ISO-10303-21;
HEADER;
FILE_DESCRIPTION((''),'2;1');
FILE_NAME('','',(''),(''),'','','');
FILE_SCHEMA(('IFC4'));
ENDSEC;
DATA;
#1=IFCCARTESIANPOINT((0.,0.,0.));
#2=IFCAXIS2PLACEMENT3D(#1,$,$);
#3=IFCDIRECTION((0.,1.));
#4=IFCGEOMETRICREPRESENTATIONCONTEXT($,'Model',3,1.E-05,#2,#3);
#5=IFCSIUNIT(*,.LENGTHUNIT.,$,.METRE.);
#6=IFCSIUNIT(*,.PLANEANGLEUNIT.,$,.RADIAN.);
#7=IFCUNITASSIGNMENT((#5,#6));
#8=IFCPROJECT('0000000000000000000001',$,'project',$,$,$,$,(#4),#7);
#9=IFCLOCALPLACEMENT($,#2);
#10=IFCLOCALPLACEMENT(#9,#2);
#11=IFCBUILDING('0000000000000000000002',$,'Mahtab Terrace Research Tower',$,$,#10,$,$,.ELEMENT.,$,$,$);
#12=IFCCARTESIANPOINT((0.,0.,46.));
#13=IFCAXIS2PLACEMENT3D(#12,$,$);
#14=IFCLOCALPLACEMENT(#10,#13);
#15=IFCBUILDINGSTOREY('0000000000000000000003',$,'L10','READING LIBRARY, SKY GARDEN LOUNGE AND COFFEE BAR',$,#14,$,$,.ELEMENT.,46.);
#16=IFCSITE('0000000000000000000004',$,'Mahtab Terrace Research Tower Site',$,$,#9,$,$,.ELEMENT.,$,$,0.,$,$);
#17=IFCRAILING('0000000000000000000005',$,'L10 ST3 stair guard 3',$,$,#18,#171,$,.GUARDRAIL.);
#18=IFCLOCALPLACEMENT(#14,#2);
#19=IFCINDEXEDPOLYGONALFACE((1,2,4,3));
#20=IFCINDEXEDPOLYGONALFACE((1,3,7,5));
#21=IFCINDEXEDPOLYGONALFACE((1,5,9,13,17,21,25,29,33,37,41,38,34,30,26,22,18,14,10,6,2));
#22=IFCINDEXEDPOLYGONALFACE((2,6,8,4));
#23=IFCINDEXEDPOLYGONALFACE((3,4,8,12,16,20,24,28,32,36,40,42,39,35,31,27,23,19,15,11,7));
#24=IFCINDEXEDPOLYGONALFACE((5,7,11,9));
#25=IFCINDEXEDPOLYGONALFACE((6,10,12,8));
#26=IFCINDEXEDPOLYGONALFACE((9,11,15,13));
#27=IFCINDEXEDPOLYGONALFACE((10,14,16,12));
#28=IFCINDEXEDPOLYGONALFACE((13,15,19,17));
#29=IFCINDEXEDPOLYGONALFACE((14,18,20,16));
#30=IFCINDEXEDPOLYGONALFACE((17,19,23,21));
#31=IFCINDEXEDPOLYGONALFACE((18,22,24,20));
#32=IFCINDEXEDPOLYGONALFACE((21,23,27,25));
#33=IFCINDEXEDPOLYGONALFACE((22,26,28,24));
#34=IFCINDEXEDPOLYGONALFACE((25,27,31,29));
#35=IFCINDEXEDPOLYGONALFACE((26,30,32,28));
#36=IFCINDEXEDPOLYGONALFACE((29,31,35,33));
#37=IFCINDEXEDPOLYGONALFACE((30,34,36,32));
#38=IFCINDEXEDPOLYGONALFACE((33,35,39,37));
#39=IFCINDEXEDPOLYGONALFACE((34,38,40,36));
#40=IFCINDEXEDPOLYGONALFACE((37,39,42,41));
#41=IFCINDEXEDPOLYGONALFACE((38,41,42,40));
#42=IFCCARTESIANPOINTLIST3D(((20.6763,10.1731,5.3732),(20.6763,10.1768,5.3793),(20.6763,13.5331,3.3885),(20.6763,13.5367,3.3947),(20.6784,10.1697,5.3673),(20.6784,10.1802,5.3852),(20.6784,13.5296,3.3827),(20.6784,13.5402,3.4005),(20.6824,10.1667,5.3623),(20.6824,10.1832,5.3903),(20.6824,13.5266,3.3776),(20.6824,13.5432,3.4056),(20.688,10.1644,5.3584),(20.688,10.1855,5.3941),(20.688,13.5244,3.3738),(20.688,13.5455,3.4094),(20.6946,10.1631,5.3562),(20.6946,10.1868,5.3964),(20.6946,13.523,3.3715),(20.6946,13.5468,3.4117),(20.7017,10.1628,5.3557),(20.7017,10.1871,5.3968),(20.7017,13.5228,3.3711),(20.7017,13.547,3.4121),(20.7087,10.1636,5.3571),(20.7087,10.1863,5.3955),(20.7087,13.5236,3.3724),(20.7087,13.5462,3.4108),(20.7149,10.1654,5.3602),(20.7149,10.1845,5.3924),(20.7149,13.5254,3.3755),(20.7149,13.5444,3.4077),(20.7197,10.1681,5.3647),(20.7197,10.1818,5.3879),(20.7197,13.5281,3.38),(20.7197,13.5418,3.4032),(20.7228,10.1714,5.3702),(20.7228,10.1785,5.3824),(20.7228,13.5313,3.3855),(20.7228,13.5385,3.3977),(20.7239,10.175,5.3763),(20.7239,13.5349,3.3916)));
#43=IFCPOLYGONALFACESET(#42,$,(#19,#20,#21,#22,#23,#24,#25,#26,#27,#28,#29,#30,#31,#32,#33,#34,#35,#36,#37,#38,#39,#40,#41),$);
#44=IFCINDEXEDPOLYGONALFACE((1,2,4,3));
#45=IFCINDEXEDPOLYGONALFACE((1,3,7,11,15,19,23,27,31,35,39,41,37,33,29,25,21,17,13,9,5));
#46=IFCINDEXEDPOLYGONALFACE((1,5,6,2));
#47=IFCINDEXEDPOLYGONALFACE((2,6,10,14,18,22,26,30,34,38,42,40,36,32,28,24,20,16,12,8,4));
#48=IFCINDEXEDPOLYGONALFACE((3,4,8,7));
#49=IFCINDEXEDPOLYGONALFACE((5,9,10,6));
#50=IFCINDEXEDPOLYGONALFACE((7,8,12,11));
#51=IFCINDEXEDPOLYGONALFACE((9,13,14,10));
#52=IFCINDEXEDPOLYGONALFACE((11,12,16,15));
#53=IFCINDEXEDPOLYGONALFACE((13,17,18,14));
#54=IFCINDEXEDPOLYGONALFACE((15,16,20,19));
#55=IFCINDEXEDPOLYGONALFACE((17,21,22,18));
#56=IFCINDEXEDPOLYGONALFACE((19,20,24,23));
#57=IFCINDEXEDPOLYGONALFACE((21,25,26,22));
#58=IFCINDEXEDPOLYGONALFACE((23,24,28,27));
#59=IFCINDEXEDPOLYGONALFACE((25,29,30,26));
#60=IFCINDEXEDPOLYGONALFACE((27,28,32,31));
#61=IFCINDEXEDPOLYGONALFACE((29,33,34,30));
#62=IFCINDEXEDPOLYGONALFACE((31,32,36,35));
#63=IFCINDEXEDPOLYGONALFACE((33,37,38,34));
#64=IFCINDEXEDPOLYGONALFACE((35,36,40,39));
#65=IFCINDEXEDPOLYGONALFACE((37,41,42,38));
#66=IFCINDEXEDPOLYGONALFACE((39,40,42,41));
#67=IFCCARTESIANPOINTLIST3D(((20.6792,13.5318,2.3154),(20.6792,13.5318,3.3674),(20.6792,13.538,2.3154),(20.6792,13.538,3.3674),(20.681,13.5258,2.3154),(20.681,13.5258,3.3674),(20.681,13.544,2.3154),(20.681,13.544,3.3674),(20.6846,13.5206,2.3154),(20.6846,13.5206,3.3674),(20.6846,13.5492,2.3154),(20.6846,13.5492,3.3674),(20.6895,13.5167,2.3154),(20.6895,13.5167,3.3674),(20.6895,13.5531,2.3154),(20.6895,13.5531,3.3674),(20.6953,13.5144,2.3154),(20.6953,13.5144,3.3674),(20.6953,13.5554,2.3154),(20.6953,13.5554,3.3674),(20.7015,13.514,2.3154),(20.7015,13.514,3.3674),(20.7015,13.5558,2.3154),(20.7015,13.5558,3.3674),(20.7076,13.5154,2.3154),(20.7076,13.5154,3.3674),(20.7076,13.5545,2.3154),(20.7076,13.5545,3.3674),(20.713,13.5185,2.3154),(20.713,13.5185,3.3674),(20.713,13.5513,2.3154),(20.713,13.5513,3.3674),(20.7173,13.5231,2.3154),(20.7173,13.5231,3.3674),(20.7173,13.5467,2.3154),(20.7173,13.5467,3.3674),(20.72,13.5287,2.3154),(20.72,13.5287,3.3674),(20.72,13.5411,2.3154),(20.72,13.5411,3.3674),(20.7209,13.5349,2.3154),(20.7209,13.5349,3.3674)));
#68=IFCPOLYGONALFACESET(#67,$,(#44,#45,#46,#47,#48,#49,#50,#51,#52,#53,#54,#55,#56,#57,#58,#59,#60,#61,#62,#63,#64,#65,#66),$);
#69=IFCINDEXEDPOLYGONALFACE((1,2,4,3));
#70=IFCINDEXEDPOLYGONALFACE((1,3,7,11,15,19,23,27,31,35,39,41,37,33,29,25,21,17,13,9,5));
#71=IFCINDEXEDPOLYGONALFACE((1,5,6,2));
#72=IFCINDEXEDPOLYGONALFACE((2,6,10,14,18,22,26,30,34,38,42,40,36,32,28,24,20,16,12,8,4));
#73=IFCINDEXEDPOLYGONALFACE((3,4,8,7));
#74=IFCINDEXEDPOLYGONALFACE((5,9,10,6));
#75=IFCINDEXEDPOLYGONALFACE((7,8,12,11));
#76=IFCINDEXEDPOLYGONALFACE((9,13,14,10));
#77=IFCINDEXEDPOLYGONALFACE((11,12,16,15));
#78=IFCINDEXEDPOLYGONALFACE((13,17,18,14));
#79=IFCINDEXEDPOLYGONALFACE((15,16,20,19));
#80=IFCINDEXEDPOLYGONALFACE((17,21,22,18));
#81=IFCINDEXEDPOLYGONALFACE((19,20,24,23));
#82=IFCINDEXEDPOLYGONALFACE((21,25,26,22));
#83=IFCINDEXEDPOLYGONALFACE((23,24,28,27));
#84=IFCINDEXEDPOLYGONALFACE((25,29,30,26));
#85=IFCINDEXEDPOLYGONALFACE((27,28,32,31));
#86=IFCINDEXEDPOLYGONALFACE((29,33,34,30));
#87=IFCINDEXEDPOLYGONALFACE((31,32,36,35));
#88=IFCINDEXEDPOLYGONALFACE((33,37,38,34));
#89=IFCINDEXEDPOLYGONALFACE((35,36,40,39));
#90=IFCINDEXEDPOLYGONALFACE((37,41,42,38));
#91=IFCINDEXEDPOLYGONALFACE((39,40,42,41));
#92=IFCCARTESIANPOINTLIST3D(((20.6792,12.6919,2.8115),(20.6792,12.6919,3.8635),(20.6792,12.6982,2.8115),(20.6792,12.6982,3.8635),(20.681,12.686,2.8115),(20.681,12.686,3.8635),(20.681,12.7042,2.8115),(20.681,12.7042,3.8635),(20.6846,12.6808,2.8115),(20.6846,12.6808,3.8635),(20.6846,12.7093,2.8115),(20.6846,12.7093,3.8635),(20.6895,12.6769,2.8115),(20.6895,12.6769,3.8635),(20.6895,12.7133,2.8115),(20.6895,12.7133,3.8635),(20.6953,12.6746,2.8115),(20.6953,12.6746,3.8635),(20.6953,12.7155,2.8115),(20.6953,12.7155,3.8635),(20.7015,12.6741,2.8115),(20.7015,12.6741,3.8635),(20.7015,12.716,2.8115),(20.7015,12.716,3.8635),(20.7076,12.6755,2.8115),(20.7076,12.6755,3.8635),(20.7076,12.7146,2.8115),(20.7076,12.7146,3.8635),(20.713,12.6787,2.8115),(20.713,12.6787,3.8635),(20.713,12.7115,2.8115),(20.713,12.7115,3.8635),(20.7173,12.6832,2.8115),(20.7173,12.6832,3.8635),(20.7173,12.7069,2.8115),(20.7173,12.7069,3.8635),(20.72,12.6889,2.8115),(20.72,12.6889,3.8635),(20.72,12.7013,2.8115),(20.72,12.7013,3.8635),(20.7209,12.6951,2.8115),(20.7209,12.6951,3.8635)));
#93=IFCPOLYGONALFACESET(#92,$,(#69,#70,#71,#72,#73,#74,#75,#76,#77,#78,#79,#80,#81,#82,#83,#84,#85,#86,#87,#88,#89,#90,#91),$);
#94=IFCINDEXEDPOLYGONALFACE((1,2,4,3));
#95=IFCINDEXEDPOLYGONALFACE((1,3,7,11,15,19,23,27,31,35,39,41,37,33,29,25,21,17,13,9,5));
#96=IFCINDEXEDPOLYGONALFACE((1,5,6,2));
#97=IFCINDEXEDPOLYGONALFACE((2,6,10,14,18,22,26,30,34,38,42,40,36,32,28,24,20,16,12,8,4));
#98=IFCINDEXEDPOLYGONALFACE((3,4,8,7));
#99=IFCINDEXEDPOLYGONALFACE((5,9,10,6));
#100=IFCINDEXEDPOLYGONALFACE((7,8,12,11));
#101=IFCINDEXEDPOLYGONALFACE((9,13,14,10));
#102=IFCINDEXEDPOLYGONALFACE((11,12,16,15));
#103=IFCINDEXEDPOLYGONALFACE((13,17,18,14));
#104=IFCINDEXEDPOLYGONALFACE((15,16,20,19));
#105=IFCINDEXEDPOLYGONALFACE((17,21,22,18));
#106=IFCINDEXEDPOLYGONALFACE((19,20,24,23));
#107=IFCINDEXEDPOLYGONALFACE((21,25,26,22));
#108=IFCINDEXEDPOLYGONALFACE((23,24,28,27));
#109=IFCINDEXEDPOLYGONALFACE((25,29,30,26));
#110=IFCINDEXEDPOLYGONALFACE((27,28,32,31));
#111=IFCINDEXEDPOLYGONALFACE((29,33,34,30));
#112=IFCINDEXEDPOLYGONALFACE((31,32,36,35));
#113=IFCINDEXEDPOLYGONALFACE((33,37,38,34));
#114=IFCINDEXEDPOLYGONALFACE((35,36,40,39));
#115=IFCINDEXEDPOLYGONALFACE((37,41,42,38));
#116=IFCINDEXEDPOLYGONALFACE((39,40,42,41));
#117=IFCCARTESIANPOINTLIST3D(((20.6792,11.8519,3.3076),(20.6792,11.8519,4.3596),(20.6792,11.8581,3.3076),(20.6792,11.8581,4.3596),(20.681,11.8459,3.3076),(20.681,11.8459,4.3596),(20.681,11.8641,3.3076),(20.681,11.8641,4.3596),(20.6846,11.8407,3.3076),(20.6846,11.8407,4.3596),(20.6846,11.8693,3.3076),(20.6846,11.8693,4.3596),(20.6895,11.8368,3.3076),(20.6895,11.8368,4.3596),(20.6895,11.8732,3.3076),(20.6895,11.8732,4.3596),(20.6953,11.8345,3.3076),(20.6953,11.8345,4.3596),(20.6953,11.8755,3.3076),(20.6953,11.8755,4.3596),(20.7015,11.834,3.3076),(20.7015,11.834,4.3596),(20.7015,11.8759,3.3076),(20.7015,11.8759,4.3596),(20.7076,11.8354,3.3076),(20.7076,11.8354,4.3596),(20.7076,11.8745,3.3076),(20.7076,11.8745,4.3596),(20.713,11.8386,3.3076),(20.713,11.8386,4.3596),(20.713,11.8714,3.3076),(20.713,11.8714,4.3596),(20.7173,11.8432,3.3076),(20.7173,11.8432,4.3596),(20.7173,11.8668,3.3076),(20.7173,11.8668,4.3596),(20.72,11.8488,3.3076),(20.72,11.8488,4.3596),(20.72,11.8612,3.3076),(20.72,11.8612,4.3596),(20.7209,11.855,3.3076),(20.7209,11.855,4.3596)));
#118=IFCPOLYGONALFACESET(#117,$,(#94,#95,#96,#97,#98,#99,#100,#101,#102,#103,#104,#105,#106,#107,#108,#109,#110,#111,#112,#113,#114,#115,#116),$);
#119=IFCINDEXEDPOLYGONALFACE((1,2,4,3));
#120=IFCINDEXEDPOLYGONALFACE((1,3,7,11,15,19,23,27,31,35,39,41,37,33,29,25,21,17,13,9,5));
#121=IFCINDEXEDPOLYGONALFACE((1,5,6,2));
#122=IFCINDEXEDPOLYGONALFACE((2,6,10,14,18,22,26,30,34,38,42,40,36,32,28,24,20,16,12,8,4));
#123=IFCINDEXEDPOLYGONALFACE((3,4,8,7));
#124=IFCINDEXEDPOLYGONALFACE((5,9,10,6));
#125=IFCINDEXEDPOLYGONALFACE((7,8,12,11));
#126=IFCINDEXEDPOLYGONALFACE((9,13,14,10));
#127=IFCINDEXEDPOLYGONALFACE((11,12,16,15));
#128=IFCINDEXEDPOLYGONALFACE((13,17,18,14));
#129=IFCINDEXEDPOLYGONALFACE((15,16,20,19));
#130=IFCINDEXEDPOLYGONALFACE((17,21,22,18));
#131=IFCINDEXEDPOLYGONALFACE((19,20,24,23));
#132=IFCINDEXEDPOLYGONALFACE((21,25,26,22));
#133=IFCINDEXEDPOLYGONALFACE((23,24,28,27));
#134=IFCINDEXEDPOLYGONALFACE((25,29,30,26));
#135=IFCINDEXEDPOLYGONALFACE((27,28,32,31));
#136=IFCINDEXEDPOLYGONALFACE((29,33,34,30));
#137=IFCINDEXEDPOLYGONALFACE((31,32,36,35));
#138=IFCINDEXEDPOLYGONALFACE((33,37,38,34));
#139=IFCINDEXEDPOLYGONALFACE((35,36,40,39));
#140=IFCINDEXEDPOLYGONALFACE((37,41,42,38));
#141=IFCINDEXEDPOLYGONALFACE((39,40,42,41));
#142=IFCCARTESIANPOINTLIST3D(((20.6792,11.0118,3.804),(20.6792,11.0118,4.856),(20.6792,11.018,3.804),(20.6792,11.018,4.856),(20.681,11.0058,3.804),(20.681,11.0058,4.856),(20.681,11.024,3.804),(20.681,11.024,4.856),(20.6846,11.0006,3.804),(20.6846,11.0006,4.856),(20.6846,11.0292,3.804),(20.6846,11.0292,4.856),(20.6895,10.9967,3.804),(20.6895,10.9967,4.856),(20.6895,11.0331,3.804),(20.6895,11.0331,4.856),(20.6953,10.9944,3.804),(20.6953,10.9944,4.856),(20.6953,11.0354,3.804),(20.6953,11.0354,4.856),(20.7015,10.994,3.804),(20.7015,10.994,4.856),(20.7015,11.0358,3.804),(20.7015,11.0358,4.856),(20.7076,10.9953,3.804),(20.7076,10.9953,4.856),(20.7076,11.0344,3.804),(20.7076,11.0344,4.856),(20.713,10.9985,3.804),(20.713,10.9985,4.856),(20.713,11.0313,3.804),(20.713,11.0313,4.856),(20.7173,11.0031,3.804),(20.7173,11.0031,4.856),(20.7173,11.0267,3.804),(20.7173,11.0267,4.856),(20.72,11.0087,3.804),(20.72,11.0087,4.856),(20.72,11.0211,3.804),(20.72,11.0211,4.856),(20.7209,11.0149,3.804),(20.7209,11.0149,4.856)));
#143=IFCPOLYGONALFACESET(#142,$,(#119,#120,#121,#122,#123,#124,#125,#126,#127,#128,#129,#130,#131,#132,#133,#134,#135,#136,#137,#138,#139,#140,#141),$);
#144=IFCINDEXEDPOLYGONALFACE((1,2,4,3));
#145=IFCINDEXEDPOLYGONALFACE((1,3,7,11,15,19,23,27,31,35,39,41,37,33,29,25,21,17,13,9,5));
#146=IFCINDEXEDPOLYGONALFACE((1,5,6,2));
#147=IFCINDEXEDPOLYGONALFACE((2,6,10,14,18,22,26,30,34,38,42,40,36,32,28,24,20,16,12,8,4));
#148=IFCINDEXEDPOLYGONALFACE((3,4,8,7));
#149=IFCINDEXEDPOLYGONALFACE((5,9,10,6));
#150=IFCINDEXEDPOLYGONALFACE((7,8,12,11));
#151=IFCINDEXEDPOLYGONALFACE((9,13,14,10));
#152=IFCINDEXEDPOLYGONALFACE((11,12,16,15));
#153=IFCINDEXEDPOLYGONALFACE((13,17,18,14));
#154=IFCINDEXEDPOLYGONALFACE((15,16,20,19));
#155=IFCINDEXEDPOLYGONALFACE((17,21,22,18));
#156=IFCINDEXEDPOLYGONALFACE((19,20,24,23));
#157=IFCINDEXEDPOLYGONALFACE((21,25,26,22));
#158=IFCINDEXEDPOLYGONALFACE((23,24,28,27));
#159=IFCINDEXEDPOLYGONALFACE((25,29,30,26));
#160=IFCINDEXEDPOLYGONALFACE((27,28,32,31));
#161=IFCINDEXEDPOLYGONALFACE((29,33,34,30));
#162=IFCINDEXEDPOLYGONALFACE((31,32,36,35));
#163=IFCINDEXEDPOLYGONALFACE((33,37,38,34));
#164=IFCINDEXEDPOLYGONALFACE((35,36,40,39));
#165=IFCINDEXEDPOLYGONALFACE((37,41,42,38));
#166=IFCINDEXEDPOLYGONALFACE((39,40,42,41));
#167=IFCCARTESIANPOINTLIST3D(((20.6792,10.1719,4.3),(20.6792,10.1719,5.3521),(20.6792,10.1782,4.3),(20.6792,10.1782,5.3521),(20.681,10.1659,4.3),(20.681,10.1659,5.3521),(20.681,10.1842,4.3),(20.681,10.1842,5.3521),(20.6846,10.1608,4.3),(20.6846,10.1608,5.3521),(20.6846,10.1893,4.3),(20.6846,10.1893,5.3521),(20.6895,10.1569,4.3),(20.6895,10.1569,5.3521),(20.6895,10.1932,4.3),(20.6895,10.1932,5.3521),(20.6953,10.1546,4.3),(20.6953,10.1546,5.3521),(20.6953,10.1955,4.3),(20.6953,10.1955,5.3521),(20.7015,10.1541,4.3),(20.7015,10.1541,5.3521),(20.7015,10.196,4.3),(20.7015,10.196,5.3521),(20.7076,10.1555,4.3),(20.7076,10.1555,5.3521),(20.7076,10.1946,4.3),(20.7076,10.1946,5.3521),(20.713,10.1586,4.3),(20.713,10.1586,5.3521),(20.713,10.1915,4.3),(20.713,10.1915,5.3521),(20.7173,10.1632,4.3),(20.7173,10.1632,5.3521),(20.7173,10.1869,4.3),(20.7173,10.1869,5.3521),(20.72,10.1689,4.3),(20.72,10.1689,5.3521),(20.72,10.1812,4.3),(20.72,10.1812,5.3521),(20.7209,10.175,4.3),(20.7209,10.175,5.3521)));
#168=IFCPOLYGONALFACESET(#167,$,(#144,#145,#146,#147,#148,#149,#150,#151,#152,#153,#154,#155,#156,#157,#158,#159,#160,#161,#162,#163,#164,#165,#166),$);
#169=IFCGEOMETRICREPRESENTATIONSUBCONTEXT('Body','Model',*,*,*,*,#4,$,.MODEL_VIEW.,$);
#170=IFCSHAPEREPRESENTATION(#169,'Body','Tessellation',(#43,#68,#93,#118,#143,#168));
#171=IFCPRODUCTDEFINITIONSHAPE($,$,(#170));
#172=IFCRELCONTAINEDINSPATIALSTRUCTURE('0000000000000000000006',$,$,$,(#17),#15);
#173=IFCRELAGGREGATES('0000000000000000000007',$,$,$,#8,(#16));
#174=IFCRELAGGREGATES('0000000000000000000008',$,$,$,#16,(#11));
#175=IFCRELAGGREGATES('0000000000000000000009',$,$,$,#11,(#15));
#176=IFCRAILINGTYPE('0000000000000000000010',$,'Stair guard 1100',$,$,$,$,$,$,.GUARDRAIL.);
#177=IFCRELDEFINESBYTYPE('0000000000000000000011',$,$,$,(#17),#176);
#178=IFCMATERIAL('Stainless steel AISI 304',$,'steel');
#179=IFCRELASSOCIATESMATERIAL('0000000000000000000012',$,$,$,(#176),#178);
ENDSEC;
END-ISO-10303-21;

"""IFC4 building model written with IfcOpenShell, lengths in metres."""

from ifc_helpers import new_model, si_unit, direction, frame, origin, origin_2d, place, context, subcontext, project, spatial, circle, extrude, material, type_object, element, save


model = new_model("IFC4")

# Units and contexts
model_context = context("Model", 3, precision=1e-05, world=origin(), true_north=direction((0.0, 1.0)))
body_context = subcontext(model_context, "Body", "Model", "MODEL_VIEW")
ifc_project = project(units=[si_unit("LENGTHUNIT", "METRE"), si_unit("PLANEANGLEUNIT", "RADIAN")], contexts=[model_context])

# Site, building, storey
site_placement = place(None, origin())
site = spatial("IfcSite", under=ifc_project, at=site_placement, Name="Mahtab Terrace Research Tower Site", CompositionType="ELEMENT", RefElevation=0.0)
building_placement = place(site_placement, origin())
building = spatial("IfcBuilding", under=site, at=building_placement, Name="Mahtab Terrace Research Tower", CompositionType="ELEMENT")
storey_placement = place(building_placement, frame((0.0, 0.0, 46.0)))
storey = spatial("IfcBuildingStorey", under=building, at=storey_placement, Name="L10", Description="READING LIBRARY, SKY GARDEN LOUNGE AND COFFEE BAR", CompositionType="ELEMENT", Elevation=46.0)

# Railing
ifc_material_1 = material(Name="Stainless steel AISI 304", Category="steel")
railing_type_1 = type_object("IfcRailingType", Name="Stair guard 1100", PredefinedType="GUARDRAIL", material=ifc_material_1)
railing_1_placement = place(storey_placement, frame((20.7, 13.5349, 2.3154)))
element("IfcRailing", 1, at=railing_1_placement, inside=storey, type_object=railing_type_1, Name="L10 ST3 stair guard 3", PredefinedType="GUARDRAIL", context=body_context, shape_type="SweptSolid", body=[
    extrude(circle(Radius=0.0239, at=origin_2d()), frame((0.0, 0.0, 1.0762), z_axis=(0.0, -0.861011, 0.508586), x_axis=(1.0, 0.0, 0.0)), (0.0, 0.0, 1.0), 3.9023),
    extrude(circle(Radius=0.021, at=origin_2d()), origin(), (0.0, 0.0, 1.0), 1.052),
    extrude(circle(Radius=0.021, at=origin_2d()), frame((0.0, -0.8398, 0.4961)), (0.0, 0.0, 1.0), 1.052),
    extrude(circle(Radius=0.021, at=origin_2d()), frame((0.0, -1.6799, 0.9922)), (0.0, 0.0, 1.0), 1.052),
    extrude(circle(Radius=0.021, at=origin_2d()), frame((0.0, -2.52, 1.4885)), (0.0, 0.0, 1.0), 1.052),
    extrude(circle(Radius=0.021, at=origin_2d()), frame((0.0, -3.3599, 1.9846)), (0.0, 0.0, 1.0), 1.052),
])

save(model, "model.ifc")
